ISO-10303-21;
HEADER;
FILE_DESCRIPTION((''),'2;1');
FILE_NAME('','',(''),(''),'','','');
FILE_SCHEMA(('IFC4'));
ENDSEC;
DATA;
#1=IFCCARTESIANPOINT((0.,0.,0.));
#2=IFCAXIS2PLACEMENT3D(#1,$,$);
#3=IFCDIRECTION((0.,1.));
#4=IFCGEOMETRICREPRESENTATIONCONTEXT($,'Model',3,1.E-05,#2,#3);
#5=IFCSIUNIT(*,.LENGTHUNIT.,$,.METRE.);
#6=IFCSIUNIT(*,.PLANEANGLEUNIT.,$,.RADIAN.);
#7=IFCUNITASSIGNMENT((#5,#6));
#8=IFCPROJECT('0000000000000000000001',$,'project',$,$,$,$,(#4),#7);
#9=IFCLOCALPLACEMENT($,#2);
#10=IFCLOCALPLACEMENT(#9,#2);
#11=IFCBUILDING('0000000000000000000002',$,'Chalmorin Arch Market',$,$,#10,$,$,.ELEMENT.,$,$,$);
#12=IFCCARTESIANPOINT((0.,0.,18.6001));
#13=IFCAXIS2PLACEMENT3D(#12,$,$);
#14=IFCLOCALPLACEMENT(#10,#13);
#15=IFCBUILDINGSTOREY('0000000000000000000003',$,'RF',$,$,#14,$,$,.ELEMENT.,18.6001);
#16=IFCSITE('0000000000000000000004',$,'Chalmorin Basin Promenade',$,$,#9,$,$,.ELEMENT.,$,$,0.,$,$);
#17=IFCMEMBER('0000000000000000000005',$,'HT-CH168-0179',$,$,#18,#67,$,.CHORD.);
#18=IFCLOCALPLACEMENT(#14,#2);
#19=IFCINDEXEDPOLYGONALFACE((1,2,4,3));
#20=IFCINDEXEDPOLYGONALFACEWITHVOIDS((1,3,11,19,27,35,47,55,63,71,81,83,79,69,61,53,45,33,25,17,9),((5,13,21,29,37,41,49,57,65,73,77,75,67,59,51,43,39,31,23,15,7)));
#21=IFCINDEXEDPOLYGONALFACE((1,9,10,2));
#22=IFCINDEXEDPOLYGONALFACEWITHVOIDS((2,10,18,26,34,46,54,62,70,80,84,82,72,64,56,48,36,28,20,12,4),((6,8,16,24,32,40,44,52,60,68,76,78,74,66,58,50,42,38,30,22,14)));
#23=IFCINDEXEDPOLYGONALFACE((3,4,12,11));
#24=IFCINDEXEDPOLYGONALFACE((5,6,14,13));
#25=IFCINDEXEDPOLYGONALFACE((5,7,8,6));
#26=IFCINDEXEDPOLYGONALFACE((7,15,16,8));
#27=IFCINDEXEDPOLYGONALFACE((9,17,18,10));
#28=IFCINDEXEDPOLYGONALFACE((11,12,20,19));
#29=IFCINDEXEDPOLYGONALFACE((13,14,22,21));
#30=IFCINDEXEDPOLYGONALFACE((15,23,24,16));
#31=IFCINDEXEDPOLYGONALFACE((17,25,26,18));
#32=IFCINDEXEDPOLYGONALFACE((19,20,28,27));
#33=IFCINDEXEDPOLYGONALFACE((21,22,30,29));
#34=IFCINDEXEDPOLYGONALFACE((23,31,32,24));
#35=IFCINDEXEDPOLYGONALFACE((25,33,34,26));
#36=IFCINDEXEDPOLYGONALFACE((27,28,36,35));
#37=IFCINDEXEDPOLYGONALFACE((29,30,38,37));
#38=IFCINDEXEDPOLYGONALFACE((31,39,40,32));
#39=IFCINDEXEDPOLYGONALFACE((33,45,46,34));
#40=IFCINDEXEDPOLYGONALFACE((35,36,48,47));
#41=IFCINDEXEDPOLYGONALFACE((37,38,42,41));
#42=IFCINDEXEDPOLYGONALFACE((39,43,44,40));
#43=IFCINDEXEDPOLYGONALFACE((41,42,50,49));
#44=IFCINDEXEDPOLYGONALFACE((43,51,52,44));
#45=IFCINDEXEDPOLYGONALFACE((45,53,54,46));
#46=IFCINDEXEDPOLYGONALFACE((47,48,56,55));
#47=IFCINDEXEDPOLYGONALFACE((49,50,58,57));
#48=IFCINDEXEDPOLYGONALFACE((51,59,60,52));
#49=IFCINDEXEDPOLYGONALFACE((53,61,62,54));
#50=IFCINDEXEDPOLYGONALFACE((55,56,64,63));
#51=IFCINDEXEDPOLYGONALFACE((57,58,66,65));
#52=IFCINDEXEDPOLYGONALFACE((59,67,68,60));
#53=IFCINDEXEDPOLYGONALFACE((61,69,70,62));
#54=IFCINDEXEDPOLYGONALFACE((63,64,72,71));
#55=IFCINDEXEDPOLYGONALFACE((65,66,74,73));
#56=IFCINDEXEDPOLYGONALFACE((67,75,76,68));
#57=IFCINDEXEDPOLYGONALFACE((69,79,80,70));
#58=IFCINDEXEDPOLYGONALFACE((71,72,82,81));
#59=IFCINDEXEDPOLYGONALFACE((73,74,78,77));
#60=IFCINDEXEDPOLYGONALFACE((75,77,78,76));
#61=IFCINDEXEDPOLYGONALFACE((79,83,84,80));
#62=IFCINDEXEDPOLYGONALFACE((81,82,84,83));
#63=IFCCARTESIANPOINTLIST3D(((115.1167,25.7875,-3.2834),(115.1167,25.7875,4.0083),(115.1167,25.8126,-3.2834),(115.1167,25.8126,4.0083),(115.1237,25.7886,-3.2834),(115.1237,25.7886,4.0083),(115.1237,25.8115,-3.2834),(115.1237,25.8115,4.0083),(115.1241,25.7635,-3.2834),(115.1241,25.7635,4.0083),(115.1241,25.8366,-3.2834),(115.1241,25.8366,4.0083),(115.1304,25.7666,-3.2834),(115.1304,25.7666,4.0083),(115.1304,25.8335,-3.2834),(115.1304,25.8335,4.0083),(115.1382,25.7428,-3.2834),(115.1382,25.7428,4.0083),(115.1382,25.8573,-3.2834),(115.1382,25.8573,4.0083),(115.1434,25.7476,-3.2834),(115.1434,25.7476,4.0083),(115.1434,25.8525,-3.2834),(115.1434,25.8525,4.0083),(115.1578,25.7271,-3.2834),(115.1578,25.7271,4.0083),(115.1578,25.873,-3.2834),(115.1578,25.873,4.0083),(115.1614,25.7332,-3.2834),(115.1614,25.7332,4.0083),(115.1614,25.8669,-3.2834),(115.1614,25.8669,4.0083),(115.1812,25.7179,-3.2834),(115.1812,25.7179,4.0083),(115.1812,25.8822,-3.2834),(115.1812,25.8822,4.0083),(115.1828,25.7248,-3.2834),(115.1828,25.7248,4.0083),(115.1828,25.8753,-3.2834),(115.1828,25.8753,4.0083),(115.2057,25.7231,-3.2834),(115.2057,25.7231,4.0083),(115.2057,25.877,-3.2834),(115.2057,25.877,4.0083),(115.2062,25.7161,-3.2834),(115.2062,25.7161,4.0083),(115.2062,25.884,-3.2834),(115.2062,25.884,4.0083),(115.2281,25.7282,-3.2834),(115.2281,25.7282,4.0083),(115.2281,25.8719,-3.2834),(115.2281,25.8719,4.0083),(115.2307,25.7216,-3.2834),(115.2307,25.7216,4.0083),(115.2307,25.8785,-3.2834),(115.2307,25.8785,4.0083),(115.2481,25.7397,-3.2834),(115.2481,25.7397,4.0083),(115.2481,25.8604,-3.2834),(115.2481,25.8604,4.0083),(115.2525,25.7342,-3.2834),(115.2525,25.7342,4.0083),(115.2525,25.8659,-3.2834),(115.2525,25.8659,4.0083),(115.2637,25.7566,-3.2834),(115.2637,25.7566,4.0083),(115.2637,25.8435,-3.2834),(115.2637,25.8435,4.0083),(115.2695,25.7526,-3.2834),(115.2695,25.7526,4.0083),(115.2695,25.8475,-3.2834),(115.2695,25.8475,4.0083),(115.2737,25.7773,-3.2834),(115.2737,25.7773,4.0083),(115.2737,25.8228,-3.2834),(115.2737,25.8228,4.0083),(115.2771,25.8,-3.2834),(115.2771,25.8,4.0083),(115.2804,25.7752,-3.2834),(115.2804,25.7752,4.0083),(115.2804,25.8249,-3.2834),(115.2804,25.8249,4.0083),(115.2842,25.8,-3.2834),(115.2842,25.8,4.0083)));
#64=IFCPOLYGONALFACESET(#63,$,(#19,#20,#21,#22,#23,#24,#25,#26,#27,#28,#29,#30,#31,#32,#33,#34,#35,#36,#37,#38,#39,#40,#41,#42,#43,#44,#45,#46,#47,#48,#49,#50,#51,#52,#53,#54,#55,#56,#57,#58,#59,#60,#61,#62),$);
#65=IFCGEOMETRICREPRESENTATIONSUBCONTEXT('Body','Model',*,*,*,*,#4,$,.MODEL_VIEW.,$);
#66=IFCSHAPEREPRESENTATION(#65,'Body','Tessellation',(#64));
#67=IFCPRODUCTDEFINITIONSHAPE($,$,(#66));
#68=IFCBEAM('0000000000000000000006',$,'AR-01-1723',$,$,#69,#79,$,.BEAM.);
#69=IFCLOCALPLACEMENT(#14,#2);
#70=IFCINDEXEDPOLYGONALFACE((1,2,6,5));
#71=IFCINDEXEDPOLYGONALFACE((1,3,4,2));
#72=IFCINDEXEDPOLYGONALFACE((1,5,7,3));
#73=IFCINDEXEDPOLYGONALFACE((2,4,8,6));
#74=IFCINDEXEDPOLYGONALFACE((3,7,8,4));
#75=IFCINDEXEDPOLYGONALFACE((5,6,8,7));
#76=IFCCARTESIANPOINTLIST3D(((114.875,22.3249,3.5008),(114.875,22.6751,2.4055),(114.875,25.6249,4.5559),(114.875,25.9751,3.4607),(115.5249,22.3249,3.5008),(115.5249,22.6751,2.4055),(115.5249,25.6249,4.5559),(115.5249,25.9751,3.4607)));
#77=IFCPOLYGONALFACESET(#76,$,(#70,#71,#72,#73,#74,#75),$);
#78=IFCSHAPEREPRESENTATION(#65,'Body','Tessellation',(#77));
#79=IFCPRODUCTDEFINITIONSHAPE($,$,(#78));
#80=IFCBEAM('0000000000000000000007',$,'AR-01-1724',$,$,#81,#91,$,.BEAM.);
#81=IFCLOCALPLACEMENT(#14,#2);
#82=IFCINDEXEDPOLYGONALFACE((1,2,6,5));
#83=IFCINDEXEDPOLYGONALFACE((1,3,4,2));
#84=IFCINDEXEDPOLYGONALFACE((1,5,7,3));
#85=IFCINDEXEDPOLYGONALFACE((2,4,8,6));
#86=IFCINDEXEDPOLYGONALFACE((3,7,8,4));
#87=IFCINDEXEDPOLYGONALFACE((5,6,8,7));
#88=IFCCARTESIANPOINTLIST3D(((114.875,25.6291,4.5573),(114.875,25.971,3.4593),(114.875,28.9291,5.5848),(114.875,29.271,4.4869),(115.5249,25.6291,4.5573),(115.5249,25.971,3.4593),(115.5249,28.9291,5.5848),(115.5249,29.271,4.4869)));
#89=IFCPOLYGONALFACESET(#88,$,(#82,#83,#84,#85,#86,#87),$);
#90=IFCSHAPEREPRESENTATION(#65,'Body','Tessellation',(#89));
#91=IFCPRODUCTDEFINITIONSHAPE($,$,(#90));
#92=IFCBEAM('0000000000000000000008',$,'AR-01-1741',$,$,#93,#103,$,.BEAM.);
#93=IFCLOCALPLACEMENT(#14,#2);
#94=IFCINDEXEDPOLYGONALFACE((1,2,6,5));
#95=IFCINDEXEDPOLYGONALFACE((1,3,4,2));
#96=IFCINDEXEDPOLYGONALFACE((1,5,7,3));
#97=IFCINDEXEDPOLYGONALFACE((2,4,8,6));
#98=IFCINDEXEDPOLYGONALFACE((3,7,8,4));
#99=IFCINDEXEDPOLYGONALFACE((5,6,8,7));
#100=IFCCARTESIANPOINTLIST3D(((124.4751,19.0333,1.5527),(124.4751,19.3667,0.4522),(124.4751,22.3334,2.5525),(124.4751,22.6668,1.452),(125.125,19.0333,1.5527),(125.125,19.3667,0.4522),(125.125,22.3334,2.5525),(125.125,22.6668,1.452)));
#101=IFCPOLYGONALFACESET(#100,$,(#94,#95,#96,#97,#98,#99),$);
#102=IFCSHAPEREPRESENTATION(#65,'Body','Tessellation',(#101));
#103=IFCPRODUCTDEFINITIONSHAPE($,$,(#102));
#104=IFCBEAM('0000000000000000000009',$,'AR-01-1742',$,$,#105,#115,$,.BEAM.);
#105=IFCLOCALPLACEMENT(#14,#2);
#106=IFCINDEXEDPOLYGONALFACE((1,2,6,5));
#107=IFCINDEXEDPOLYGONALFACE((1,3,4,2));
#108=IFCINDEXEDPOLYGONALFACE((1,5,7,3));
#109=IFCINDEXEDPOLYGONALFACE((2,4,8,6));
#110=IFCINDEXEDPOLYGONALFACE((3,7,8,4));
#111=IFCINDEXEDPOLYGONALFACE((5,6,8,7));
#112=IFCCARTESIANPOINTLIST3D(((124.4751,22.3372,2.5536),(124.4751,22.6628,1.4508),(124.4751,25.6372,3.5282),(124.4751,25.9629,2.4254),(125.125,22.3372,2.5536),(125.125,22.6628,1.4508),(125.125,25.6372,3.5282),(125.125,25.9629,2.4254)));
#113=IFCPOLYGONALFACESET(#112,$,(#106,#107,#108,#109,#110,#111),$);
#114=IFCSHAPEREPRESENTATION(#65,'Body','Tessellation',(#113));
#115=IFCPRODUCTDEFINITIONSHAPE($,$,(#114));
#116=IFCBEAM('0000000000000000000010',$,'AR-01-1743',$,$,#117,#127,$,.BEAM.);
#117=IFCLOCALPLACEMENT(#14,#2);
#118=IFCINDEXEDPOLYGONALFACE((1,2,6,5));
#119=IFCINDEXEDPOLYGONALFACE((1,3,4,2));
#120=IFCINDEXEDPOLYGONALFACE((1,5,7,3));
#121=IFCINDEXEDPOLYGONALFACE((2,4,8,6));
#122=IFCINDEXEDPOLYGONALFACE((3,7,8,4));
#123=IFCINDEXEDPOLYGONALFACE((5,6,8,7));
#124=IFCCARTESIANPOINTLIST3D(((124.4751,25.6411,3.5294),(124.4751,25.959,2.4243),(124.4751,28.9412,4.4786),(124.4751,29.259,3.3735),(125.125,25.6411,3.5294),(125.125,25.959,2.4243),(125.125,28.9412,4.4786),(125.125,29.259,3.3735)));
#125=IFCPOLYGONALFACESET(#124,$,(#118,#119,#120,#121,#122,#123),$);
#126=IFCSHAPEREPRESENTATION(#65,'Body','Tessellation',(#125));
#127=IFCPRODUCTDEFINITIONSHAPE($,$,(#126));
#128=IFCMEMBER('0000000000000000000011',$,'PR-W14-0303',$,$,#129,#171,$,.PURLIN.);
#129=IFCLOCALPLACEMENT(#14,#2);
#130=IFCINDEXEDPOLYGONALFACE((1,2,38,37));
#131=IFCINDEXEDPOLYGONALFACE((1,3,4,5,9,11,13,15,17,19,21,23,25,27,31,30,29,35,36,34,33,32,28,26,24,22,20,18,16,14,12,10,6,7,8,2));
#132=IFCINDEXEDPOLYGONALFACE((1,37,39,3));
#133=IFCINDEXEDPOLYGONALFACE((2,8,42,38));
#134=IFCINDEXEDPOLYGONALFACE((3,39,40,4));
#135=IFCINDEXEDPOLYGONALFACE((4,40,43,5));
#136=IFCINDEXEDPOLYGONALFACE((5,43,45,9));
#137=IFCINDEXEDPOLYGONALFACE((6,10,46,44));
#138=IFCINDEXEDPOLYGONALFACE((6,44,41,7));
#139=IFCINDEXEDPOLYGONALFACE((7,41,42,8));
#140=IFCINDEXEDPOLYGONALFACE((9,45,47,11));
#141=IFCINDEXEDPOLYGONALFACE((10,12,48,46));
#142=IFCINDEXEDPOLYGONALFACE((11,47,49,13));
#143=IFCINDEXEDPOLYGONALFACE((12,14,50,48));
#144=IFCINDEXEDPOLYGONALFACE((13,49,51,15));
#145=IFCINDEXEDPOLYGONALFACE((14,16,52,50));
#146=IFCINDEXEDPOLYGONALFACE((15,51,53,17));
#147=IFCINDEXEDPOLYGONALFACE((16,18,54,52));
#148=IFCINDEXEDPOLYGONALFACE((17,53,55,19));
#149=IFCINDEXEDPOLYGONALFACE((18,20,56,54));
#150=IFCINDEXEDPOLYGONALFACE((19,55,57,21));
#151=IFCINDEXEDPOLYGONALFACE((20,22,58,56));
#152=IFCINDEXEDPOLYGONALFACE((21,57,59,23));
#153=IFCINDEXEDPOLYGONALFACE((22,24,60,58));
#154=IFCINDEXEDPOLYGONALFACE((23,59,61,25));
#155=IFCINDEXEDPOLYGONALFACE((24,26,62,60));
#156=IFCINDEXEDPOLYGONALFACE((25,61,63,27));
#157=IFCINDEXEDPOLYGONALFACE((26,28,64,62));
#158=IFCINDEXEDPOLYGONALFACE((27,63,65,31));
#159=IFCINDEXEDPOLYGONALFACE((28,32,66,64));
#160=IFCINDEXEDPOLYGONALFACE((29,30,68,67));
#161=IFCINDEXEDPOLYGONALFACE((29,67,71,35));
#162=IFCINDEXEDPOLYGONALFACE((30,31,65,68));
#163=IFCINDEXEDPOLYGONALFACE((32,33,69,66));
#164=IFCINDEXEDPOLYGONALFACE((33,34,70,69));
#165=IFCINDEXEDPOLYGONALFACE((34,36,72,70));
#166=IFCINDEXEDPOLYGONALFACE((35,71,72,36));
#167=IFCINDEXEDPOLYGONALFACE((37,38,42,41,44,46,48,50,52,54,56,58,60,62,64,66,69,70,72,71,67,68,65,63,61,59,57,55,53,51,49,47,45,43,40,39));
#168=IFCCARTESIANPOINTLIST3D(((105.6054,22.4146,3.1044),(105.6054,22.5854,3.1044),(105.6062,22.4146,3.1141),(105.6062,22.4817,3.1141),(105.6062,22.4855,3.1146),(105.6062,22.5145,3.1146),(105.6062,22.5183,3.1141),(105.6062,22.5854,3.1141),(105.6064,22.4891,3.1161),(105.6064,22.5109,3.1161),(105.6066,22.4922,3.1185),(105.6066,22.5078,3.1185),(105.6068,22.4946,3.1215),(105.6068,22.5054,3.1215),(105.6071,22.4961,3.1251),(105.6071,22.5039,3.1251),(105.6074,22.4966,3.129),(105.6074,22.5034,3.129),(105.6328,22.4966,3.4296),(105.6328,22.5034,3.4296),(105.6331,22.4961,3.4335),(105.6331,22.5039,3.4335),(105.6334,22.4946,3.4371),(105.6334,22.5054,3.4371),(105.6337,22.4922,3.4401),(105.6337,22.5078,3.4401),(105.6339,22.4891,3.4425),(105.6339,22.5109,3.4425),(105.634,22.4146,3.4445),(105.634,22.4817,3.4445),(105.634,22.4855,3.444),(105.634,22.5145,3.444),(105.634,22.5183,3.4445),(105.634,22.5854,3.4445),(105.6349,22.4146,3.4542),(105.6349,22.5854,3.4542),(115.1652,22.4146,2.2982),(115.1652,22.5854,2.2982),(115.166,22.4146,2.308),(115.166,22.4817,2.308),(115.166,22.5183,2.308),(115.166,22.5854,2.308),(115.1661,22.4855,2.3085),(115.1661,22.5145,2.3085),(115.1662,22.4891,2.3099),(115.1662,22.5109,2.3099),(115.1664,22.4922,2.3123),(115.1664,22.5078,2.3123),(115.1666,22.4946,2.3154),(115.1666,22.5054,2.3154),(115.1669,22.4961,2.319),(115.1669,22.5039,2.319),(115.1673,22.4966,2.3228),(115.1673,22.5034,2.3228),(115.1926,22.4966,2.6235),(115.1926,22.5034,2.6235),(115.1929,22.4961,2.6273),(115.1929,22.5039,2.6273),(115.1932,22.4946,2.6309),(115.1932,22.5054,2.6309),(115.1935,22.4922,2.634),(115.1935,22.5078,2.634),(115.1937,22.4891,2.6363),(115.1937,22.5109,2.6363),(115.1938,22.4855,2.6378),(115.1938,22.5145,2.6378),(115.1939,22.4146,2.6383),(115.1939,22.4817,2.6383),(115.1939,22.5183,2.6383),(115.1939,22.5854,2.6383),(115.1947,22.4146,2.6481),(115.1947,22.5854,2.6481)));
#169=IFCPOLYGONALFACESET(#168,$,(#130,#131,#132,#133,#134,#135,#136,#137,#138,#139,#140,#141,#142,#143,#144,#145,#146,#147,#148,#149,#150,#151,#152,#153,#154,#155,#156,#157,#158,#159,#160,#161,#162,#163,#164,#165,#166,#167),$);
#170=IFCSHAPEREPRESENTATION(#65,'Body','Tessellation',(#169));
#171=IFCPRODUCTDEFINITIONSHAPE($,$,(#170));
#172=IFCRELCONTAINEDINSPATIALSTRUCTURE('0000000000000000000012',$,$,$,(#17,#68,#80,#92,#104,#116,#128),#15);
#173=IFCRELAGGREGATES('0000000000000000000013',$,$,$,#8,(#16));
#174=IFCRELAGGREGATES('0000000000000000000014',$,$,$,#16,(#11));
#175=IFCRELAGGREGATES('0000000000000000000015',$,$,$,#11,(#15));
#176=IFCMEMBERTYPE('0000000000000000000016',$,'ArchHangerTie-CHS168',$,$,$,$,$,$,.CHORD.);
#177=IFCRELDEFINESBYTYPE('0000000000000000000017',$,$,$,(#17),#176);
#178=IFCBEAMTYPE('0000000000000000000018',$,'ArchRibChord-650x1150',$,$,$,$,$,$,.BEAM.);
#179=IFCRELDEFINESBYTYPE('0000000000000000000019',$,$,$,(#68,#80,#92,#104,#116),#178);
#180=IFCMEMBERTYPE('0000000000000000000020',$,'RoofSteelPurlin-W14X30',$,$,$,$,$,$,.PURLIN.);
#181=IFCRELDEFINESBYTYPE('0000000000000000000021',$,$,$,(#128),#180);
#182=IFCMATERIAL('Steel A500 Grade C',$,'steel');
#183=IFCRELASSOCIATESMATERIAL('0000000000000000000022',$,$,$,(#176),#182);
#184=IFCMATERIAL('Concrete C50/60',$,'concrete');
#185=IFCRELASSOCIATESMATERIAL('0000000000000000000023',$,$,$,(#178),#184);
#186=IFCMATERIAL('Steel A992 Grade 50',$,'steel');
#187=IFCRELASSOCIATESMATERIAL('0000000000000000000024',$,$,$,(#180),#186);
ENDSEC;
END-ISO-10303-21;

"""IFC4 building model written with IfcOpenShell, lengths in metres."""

from ifc_helpers import new_model, si_unit, direction, frame, origin, origin_2d, place, context, subcontext, project, spatial, rectangle, hollow_circle, i_section, extrude, material, material_profile, profile_set, type_object, element, save


model = new_model("IFC4")

# Units and contexts
model_context = context("Model", 3, precision=1e-05, world=origin(), true_north=direction((0.0, 1.0)))
body_context = subcontext(model_context, "Body", "Model", "MODEL_VIEW")
ifc_project = project(units=[si_unit("LENGTHUNIT", "METRE"), si_unit("PLANEANGLEUNIT", "RADIAN")], contexts=[model_context])

# Site, building, storey
site_placement = place(None, origin())
site = spatial("IfcSite", under=ifc_project, at=site_placement, Name="Chalmorin Basin Promenade", CompositionType="ELEMENT", RefElevation=0.0)
building_placement = place(site_placement, origin())
building = spatial("IfcBuilding", under=site, at=building_placement, Name="Chalmorin Arch Market", CompositionType="ELEMENT")
storey_placement = place(building_placement, frame((0.0, 0.0, 18.6001)))
storey = spatial("IfcBuildingStorey", under=building, at=storey_placement, Name="RF", CompositionType="ELEMENT", Elevation=18.6001)

# Member
ifc_material_1 = material(Name="Steel A500 Grade C", Category="steel")
ifc_material_profile_1 = material_profile(ifc_material_1, hollow_circle(Radius=0.0842, WallThickness=0.0071, at=origin_2d()), Name="CHS168X7")
ifc_profile_set_1 = profile_set([ifc_material_profile_1], Name="Steel A500 Grade C")
member_type_1 = type_object("IfcMemberType", Name="ArchHangerTie-CHS168", PredefinedType="CHORD", material=ifc_profile_set_1)
member_1_placement = place(storey_placement, frame((115.2, 25.8, -3.2834), z_axis=(0.0, 0.0, 1.0), x_axis=(1.0, 0.0, 0.0)))
element("IfcMember", 1, at=member_1_placement, inside=storey, type_object=member_type_1, Name="HT-CH168-0179", PredefinedType="CHORD", context=body_context, shape_type="SweptSolid", body=[
    extrude(hollow_circle(Radius=0.0842, WallThickness=0.0071, at=origin_2d()), origin(), (0.0, 0.0, 1.0), 7.2917),
])

# Beams
ifc_material_2 = material(Name="Concrete C50/60", Category="concrete")
ifc_material_profile_2 = material_profile(ifc_material_2, rectangle(XDim=0.6499, YDim=1.1499, at=origin_2d()), Name="RC650X1150")
ifc_profile_set_2 = profile_set([ifc_material_profile_2], Name="Concrete C50/60")
beam_type = type_object("IfcBeamType", Name="ArchRibChord-650x1150", PredefinedType="BEAM", material=ifc_profile_set_2)
beam_1_placement = place(storey_placement, frame((115.2, 22.5, 2.9531), z_axis=(0.0, 0.952494, 0.304556), x_axis=(-1.0, 0.0, 0.0)))
element("IfcBeam", 2, at=beam_1_placement, inside=storey, type_object=beam_type, Name="AR-01-1723", PredefinedType="BEAM", context=body_context, shape_type="SweptSolid", body=[
    extrude(rectangle(XDim=0.6499, YDim=1.1499, at=origin_2d()), origin(), (0.0, 0.0, 1.0), 3.4646),
])
beam_2_placement = place(storey_placement, frame((115.2, 25.8, 4.0083), z_axis=(0.0, 0.954782, 0.297306), x_axis=(-1.0, 0.0, 0.0)))
element("IfcBeam", 3, at=beam_2_placement, inside=storey, type_object=beam_type, Name="AR-01-1724", PredefinedType="BEAM", context=body_context, shape_type="SweptSolid", body=[
    extrude(rectangle(XDim=0.6499, YDim=1.1499, at=origin_2d()), origin(), (0.0, 0.0, 1.0), 3.4563),
])
beam_3_placement = place(storey_placement, frame((124.8, 19.2, 1.0024), z_axis=(0.0, 0.957045, 0.289939), x_axis=(-1.0, 0.0, 0.0)))
element("IfcBeam", 4, at=beam_3_placement, inside=storey, type_object=beam_type, Name="AR-01-1741", PredefinedType="BEAM", context=body_context, shape_type="SweptSolid", body=[
    extrude(rectangle(XDim=0.6499, YDim=1.1499, at=origin_2d()), origin(), (0.0, 0.0, 1.0), 3.4482),
])
beam_4_placement = place(storey_placement, frame((124.8, 22.5, 2.0022), z_axis=(0.0, 0.95905, 0.283238), x_axis=(-1.0, 0.0, 0.0)))
element("IfcBeam", 5, at=beam_4_placement, inside=storey, type_object=beam_type, Name="AR-01-1742", PredefinedType="BEAM", context=body_context, shape_type="SweptSolid", body=[
    extrude(rectangle(XDim=0.6499, YDim=1.1499, at=origin_2d()), origin(), (0.0, 0.0, 1.0), 3.4409),
])
beam_5_placement = place(storey_placement, frame((124.8, 25.8, 2.9768), z_axis=(0.0, 0.961034, 0.27643), x_axis=(-1.0, 0.0, 0.0)))
element("IfcBeam", 6, at=beam_5_placement, inside=storey, type_object=beam_type, Name="AR-01-1743", PredefinedType="BEAM", context=body_context, shape_type="SweptSolid", body=[
    extrude(rectangle(XDim=0.6499, YDim=1.1499, at=origin_2d()), origin(), (0.0, 0.0, 1.0), 3.4338),
])

# Member
ifc_material_3 = material(Name="Steel A992 Grade 50", Category="steel")
ifc_material_profile_3 = material_profile(ifc_material_3, i_section(OverallWidth=0.1709, OverallDepth=0.3511, WebThickness=0.0068, FlangeThickness=0.0098, FilletRadius=0.0149, at=origin_2d()), Name="W14X30")
ifc_profile_set_3 = profile_set([ifc_material_profile_3], Name="Steel A992 Grade 50")
member_type_2 = type_object("IfcMemberType", Name="RoofSteelPurlin-W14X30", PredefinedType="PURLIN", material=ifc_profile_set_3)
member_2_placement = place(storey_placement, frame((105.6201, 22.5, 3.2793), z_axis=(0.996463, 0.0, -0.084029), x_axis=(0.0, 1.0, 0.0)))
element("IfcMember", 7, at=member_2_placement, inside=storey, type_object=member_type_2, Name="PR-W14-0303", PredefinedType="PURLIN", context=body_context, shape_type="SweptSolid", body=[
    extrude(i_section(OverallWidth=0.1709, OverallDepth=0.3511, WebThickness=0.0068, FlangeThickness=0.0098, FilletRadius=0.0149, at=origin_2d()), origin(), (0.0, 0.0, 1.0), 9.5938),
])

save(model, "model.ifc")
